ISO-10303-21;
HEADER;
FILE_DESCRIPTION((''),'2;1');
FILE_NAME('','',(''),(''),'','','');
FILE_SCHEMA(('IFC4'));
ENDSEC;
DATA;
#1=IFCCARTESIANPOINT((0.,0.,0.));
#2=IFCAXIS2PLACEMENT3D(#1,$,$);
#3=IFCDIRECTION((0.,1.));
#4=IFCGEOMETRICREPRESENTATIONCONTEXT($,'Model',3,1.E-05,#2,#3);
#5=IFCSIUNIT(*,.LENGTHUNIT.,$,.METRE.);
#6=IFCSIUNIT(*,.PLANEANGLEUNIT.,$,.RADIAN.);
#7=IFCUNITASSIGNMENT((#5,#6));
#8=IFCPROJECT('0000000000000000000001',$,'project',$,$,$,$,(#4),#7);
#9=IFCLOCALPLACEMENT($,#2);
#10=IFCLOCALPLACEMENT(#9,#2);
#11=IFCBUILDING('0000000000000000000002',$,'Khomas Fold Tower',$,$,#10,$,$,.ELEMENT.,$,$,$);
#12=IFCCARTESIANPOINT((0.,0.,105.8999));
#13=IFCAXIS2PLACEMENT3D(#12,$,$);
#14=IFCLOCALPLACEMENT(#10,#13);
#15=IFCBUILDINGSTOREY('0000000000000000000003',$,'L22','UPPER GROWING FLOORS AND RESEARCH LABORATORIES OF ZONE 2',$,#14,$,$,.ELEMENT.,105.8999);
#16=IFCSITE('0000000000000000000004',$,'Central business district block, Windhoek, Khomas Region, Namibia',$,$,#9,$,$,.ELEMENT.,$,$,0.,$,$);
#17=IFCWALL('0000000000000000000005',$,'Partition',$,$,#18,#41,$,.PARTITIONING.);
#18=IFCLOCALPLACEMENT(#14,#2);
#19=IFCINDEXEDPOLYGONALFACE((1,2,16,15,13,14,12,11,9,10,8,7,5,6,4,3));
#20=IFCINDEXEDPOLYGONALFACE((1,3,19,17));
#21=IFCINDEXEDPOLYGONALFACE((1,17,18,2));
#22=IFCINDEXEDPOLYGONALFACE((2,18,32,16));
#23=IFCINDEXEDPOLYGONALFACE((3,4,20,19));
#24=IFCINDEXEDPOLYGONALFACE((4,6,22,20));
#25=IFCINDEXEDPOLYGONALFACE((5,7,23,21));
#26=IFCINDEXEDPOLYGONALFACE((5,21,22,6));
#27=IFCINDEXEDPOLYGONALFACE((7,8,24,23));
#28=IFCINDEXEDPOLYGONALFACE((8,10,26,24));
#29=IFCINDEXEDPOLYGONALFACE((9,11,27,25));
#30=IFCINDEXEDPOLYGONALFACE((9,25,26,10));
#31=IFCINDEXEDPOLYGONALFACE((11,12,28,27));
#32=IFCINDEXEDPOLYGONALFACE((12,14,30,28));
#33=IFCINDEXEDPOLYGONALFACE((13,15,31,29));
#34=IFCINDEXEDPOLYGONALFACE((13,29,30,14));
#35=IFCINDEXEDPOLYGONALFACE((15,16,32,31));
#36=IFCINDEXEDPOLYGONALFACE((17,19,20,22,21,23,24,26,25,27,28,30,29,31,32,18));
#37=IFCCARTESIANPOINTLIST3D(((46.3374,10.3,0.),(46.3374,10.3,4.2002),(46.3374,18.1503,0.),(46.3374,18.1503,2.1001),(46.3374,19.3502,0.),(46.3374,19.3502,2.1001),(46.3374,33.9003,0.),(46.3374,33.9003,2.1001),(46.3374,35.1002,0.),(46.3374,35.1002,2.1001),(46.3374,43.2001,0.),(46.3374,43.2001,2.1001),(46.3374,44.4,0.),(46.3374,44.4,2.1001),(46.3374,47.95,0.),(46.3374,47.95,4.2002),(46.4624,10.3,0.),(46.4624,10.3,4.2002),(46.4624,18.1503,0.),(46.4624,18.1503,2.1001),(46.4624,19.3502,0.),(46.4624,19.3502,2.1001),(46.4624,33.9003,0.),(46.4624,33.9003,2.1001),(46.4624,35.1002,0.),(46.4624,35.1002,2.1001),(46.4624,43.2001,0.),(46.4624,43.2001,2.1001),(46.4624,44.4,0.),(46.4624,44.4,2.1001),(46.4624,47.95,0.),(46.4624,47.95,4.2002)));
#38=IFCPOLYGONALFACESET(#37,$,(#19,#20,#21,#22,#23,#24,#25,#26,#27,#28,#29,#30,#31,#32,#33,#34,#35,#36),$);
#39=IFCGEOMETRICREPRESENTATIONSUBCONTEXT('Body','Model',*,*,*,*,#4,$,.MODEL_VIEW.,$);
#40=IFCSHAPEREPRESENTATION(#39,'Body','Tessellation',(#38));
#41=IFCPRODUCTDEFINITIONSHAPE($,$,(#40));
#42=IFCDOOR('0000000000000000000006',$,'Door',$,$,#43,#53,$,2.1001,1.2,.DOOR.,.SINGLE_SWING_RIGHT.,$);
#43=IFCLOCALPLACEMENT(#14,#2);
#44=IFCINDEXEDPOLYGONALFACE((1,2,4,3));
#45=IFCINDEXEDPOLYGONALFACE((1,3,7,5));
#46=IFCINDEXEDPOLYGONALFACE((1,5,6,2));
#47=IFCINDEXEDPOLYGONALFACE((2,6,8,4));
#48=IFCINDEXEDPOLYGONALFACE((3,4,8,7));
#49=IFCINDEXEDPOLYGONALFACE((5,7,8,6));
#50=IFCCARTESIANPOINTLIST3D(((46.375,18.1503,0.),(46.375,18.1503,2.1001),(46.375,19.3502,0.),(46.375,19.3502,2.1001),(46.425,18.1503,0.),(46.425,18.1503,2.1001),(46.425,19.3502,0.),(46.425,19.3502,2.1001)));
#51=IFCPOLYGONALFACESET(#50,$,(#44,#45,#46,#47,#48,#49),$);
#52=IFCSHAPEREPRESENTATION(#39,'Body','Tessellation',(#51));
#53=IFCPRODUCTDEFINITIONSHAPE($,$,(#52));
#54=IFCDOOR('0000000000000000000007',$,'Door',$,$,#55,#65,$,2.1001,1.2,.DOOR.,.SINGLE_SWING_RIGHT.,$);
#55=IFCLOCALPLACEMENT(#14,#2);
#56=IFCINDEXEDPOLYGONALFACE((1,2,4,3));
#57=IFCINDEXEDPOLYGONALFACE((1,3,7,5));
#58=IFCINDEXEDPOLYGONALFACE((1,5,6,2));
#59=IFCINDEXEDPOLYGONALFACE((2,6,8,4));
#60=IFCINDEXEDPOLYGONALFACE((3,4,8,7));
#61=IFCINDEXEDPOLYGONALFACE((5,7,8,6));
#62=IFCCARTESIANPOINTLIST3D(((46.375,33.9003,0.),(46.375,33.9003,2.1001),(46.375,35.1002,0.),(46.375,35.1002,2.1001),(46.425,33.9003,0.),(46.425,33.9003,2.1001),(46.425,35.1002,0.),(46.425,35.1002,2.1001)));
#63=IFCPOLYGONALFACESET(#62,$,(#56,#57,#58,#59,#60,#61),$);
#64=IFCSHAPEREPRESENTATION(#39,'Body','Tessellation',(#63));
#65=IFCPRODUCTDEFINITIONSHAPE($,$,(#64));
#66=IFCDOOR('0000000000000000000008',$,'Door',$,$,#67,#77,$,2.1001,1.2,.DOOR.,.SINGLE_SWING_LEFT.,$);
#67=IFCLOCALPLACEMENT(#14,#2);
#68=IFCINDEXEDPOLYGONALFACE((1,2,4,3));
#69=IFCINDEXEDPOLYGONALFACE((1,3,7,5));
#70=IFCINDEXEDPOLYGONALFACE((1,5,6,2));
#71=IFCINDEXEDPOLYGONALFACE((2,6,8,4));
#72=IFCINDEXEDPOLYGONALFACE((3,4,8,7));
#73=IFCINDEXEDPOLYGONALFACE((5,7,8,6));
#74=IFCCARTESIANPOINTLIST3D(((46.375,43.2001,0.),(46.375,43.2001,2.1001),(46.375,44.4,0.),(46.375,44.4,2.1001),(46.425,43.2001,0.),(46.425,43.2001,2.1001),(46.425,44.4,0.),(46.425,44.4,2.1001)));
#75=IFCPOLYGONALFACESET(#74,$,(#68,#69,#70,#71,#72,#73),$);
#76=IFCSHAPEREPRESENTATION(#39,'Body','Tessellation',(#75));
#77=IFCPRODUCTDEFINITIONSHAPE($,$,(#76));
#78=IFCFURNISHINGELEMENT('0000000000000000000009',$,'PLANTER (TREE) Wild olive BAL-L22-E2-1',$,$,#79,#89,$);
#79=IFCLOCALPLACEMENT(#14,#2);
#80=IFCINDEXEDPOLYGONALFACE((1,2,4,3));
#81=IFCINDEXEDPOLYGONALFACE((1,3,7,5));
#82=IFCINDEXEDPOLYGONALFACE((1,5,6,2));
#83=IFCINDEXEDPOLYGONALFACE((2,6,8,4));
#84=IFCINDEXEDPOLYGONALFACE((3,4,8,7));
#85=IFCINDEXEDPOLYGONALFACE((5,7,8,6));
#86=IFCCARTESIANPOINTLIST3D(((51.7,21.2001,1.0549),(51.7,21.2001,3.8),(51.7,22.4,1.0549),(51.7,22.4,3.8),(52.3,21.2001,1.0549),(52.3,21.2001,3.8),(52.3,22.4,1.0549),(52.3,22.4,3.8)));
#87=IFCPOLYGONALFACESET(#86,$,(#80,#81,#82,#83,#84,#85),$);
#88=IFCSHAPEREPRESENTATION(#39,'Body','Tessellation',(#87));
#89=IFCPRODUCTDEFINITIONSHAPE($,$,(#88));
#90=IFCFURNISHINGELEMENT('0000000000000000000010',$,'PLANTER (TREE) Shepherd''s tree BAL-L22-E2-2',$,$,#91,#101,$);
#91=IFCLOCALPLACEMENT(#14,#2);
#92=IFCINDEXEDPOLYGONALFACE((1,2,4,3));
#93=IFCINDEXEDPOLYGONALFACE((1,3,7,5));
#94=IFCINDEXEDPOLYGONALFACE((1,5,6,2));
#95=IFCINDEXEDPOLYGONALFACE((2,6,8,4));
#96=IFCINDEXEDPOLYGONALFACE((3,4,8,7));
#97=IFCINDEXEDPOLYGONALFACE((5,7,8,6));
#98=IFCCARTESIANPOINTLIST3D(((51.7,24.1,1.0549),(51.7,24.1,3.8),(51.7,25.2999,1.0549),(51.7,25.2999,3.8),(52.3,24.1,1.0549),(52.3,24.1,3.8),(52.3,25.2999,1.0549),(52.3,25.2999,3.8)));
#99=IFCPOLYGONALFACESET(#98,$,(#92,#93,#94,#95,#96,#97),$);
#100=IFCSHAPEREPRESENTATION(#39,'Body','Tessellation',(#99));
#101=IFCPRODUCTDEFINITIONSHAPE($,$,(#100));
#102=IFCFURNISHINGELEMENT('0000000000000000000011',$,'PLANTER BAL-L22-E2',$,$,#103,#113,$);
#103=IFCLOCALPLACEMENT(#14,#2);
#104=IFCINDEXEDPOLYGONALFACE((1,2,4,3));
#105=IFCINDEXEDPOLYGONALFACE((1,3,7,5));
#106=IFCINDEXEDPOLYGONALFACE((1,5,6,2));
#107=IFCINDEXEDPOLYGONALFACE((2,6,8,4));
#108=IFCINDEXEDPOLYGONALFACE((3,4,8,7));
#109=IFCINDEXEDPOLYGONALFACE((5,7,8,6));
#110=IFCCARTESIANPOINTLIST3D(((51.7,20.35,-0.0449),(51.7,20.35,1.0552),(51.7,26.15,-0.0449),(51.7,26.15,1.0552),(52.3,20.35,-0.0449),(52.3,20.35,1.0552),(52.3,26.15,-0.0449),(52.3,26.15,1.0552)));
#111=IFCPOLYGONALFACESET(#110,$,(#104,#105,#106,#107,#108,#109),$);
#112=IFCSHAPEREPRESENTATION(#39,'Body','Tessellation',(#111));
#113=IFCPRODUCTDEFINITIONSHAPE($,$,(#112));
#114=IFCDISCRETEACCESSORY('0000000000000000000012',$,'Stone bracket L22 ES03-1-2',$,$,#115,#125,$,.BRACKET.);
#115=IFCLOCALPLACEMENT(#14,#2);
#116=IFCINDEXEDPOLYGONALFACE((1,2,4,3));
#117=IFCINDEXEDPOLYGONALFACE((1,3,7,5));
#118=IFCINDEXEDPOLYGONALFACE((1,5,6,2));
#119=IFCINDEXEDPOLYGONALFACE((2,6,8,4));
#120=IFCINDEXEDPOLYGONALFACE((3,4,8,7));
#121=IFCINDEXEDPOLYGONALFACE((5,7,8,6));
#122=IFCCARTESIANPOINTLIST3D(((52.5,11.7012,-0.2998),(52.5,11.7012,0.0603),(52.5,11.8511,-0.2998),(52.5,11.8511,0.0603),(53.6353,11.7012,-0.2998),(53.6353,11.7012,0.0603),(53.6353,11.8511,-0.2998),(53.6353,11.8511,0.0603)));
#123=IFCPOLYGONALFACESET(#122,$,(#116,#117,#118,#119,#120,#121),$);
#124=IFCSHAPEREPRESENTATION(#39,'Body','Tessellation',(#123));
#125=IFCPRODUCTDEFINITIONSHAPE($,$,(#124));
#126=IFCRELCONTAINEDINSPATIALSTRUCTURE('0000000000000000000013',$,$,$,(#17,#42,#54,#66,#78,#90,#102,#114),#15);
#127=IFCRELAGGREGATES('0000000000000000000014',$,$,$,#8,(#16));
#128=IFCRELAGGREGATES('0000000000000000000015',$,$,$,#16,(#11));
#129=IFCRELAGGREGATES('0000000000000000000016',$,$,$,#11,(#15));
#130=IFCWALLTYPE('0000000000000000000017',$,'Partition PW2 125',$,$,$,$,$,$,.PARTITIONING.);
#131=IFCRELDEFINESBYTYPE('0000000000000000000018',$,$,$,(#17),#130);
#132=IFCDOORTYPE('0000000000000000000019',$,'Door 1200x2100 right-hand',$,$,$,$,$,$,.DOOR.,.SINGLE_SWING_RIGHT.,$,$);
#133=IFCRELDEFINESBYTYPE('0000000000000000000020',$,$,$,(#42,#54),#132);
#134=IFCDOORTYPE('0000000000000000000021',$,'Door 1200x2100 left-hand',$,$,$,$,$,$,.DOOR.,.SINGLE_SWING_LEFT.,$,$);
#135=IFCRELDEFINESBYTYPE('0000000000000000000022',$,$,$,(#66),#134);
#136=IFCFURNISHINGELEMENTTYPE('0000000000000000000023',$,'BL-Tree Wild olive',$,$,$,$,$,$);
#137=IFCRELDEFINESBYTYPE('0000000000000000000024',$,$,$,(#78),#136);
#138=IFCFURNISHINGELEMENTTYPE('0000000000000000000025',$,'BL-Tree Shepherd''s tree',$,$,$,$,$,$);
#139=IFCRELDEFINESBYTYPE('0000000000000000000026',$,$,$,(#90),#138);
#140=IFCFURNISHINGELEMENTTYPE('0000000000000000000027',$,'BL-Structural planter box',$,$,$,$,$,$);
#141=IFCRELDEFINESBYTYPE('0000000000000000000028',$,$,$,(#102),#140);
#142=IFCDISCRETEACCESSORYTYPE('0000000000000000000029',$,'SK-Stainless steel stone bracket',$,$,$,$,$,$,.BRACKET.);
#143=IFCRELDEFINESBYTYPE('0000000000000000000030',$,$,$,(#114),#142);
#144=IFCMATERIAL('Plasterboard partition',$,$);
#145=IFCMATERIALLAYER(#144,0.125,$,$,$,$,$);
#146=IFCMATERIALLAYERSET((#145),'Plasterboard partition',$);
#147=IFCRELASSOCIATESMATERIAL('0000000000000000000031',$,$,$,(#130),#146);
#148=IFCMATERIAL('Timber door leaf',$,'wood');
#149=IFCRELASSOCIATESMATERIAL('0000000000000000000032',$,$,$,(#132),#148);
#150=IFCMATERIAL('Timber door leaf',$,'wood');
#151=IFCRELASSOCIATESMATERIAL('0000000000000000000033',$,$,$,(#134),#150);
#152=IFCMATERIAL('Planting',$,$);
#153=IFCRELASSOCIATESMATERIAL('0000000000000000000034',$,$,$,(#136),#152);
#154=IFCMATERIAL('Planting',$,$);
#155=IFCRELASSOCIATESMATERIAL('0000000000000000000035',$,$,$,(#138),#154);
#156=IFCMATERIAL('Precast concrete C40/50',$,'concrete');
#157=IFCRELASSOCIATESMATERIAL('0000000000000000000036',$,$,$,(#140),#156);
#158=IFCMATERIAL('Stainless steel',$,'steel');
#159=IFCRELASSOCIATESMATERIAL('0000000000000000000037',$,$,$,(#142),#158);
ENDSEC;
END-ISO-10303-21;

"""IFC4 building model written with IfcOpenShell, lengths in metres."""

from ifc_helpers import new_model, si_unit, direction, frame, frame_2d, origin, origin_2d, place, context, subcontext, project, spatial, rectangle, extrude, source, transform, mapped, material, layer, layer_set, type_object, element, fill, save


model = new_model("IFC4")

# Units and contexts
model_context = context("Model", 3, precision=1e-05, world=origin(), true_north=direction((0.0, 1.0)))
body_context = subcontext(model_context, "Body", "Model", "MODEL_VIEW")
ifc_project = project(units=[si_unit("LENGTHUNIT", "METRE"), si_unit("PLANEANGLEUNIT", "RADIAN")], contexts=[model_context])

# Site, building, storey
site_placement = place(None, origin())
site = spatial("IfcSite", under=ifc_project, at=site_placement, Name="Central business district block, Windhoek, Khomas Region, Namibia", CompositionType="ELEMENT", RefElevation=0.0)
building_placement = place(site_placement, origin())
building = spatial("IfcBuilding", under=site, at=building_placement, Name="Khomas Fold Tower", CompositionType="ELEMENT")
storey_placement = place(building_placement, frame((0.0, 0.0, 105.8999)))
storey = spatial("IfcBuildingStorey", under=building, at=storey_placement, Name="L22", Description="UPPER GROWING FLOORS AND RESEARCH LABORATORIES OF ZONE 2", CompositionType="ELEMENT", Elevation=105.8999)

# Wall, openings, doors
ifc_material_1 = material(Name="Plasterboard partition")
ifc_layer_1 = layer(ifc_material_1, 0.125)
ifc_layer_set_1 = layer_set([ifc_layer_1], Name="Plasterboard partition")
wall_type_1 = type_object("IfcWallType", Name="Partition PW2 125", PredefinedType="PARTITIONING", material=ifc_layer_set_1)
shared_shape_1 = source(origin(), body_context, "Body", "SweptSolid", [
    extrude(rectangle(XDim=37.6499, YDim=0.125, at=frame_2d((18.825, 0.0))), origin(), (0.0, 0.0, 1.0), 4.2002),
])
wall_1_placement = place(storey_placement, frame((46.3999, 10.3, 0.0), z_axis=(0.0, 0.0, 1.0), x_axis=(0.0, 1.0, 0.0)))
wall_1 = element("IfcWall", 1, at=wall_1_placement, inside=storey, type_object=wall_type_1, Name="Partition", PredefinedType="PARTITIONING", context=body_context, shape_type="MappedRepresentation", body=[
    mapped(shared_shape_1, transform((0.0, 0.0, 0.0))),
])
shared_shape_2 = source(origin(), body_context, "Body", "SweptSolid", [
    extrude(rectangle(XDim=1.2, YDim=2.1001, at=frame_2d((0.6001, 1.05))), frame((0.0, 0.0725, 0.0), z_axis=(0.0, -1.0, 0.0), x_axis=(1.0, 0.0, 0.0)), (0.0, 0.0, 1.0), 0.145),
])
opening_1_placement = place(wall_1_placement, frame((7.8501, 0.0, 0.0)))
opening_1 = element("IfcOpeningElement", 2, at=opening_1_placement, cuts=wall_1, PredefinedType="OPENING", context=body_context, shape_type="MappedRepresentation", body=[
    mapped(shared_shape_2, transform((0.0, 0.0, 0.0))),
])
opening_2_placement = place(wall_1_placement, frame((23.6001, 0.0, 0.0)))
opening_2 = element("IfcOpeningElement", 3, at=opening_2_placement, cuts=wall_1, PredefinedType="OPENING", context=body_context, shape_type="MappedRepresentation", body=[
    mapped(shared_shape_2, transform((0.0, 0.0, 0.0))),
])
opening_3_placement = place(wall_1_placement, frame((32.8999, 0.0, 0.0)))
opening_3 = element("IfcOpeningElement", 4, at=opening_3_placement, cuts=wall_1, PredefinedType="OPENING", context=body_context, shape_type="MappedRepresentation", body=[
    mapped(shared_shape_2, transform((0.0, 0.0, 0.0))),
])
ifc_material_2 = material(Name="Timber door leaf", Category="wood")
door_type_1 = type_object("IfcDoorType", Name="Door 1200x2100 right-hand", OperationType="SINGLE_SWING_RIGHT", PredefinedType="DOOR", material=ifc_material_2)
shared_shape_3 = source(origin(), body_context, "Body", "SweptSolid", [
    extrude(rectangle(XDim=1.2, YDim=2.1001, at=frame_2d((0.6001, 1.05))), frame((0.0, 0.0249, 0.0), z_axis=(0.0, -1.0, 0.0), x_axis=(1.0, 0.0, 0.0)), (0.0, 0.0, 1.0), 0.05),
])
door_1_placement = place(opening_1_placement, origin())
door_1 = element("IfcDoor", 5, at=door_1_placement, inside=storey, type_object=door_type_1, Name="Door", OperationType="SINGLE_SWING_RIGHT", OverallHeight=2.1001, OverallWidth=1.2, PredefinedType="DOOR", context=body_context, shape_type="MappedRepresentation", body=[
    mapped(shared_shape_3, transform((0.0, 0.0, 0.0))),
])
fill(opening_1, door_1)
door_2_placement = place(opening_2_placement, origin())
door_2 = element("IfcDoor", 6, at=door_2_placement, inside=storey, type_object=door_type_1, Name="Door", OperationType="SINGLE_SWING_RIGHT", OverallHeight=2.1001, OverallWidth=1.2, PredefinedType="DOOR", context=body_context, shape_type="MappedRepresentation", body=[
    mapped(shared_shape_3, transform((0.0, 0.0, 0.0))),
])
fill(opening_2, door_2)
ifc_material_3 = material(Name="Timber door leaf", Category="wood")
door_type_2 = type_object("IfcDoorType", Name="Door 1200x2100 left-hand", OperationType="SINGLE_SWING_LEFT", PredefinedType="DOOR", material=ifc_material_3)
door_3_placement = place(opening_3_placement, origin())
door_3 = element("IfcDoor", 7, at=door_3_placement, inside=storey, type_object=door_type_2, Name="Door", OperationType="SINGLE_SWING_LEFT", OverallHeight=2.1001, OverallWidth=1.2, PredefinedType="DOOR", context=body_context, shape_type="MappedRepresentation", body=[
    mapped(shared_shape_3, transform((0.0, 0.0, 0.0))),
])
fill(opening_3, door_3)

# Furnishing elements
ifc_material_4 = material(Name="Planting")
furnishing_element_type_1 = type_object("IfcFurnishingElementType", Name="BL-Tree Wild olive", material=ifc_material_4)
shared_shape_4 = source(origin(), body_context, "Body", "SweptSolid", [
    extrude(rectangle(XDim=1.2, YDim=0.6001, at=origin_2d()), origin(), (0.0, 0.0, 1.0), 2.7451),
])
furnishing_1_placement = place(storey_placement, frame((52.0, 21.8, 1.0549), z_axis=(0.0, 0.0, 1.0), x_axis=(0.0, 1.0, 0.0)))
element("IfcFurnishingElement", 8, at=furnishing_1_placement, inside=storey, type_object=furnishing_element_type_1, Name="PLANTER (TREE) Wild olive BAL-L22-E2-1", context=body_context, shape_type="MappedRepresentation", body=[
    mapped(shared_shape_4, transform((0.0, 0.0, 0.0))),
])
ifc_material_5 = material(Name="Planting")
furnishing_element_type_2 = type_object("IfcFurnishingElementType", Name="BL-Tree Shepherd's tree", material=ifc_material_5)
furnishing_2_placement = place(storey_placement, frame((52.0, 24.7, 1.0549), z_axis=(0.0, 0.0, 1.0), x_axis=(0.0, 1.0, 0.0)))
element("IfcFurnishingElement", 9, at=furnishing_2_placement, inside=storey, type_object=furnishing_element_type_2, Name="PLANTER (TREE) Shepherd's tree BAL-L22-E2-2", context=body_context, shape_type="MappedRepresentation", body=[
    mapped(shared_shape_4, transform((0.0, 0.0, 0.0))),
])
ifc_material_6 = material(Name="Precast concrete C40/50", Category="concrete")
furnishing_element_type_3 = type_object("IfcFurnishingElementType", Name="BL-Structural planter box", material=ifc_material_6)
shared_shape_5 = source(origin(), body_context, "Body", "SweptSolid", [
    extrude(rectangle(XDim=5.8, YDim=0.6001, at=origin_2d()), origin(), (0.0, 0.0, 1.0), 1.1001),
])
furnishing_3_placement = place(storey_placement, frame((52.0, 23.25, -0.0449), z_axis=(0.0, 0.0, 1.0), x_axis=(0.0, 1.0, 0.0)))
element("IfcFurnishingElement", 10, at=furnishing_3_placement, inside=storey, type_object=furnishing_element_type_3, Name="PLANTER BAL-L22-E2", context=body_context, shape_type="MappedRepresentation", body=[
    mapped(shared_shape_5, transform((0.0, 0.0, 0.0))),
])

# Discrete accessory
ifc_material_7 = material(Name="Stainless steel", Category="steel")
discrete_accessory_type = type_object("IfcDiscreteAccessoryType", Name="SK-Stainless steel stone bracket", PredefinedType="BRACKET", material=ifc_material_7)
shared_shape_6 = source(origin(), body_context, "Body", "SweptSolid", [
    extrude(rectangle(XDim=1.1353, YDim=0.1499, at=origin_2d()), origin(), (0.0, 0.0, 1.0), 0.3601),
])
discrete_accessory_placement = place(storey_placement, frame((53.0676, 11.7761, -0.2998), z_axis=(0.0, 0.0, 1.0), x_axis=(1.0, 0.0, 0.0)))
element("IfcDiscreteAccessory", 11, at=discrete_accessory_placement, inside=storey, type_object=discrete_accessory_type, Name="Stone bracket L22 ES03-1-2", PredefinedType="BRACKET", context=body_context, shape_type="MappedRepresentation", body=[
    mapped(shared_shape_6, transform((0.0, 0.0, 0.0))),
])

save(model, "model.ifc")
